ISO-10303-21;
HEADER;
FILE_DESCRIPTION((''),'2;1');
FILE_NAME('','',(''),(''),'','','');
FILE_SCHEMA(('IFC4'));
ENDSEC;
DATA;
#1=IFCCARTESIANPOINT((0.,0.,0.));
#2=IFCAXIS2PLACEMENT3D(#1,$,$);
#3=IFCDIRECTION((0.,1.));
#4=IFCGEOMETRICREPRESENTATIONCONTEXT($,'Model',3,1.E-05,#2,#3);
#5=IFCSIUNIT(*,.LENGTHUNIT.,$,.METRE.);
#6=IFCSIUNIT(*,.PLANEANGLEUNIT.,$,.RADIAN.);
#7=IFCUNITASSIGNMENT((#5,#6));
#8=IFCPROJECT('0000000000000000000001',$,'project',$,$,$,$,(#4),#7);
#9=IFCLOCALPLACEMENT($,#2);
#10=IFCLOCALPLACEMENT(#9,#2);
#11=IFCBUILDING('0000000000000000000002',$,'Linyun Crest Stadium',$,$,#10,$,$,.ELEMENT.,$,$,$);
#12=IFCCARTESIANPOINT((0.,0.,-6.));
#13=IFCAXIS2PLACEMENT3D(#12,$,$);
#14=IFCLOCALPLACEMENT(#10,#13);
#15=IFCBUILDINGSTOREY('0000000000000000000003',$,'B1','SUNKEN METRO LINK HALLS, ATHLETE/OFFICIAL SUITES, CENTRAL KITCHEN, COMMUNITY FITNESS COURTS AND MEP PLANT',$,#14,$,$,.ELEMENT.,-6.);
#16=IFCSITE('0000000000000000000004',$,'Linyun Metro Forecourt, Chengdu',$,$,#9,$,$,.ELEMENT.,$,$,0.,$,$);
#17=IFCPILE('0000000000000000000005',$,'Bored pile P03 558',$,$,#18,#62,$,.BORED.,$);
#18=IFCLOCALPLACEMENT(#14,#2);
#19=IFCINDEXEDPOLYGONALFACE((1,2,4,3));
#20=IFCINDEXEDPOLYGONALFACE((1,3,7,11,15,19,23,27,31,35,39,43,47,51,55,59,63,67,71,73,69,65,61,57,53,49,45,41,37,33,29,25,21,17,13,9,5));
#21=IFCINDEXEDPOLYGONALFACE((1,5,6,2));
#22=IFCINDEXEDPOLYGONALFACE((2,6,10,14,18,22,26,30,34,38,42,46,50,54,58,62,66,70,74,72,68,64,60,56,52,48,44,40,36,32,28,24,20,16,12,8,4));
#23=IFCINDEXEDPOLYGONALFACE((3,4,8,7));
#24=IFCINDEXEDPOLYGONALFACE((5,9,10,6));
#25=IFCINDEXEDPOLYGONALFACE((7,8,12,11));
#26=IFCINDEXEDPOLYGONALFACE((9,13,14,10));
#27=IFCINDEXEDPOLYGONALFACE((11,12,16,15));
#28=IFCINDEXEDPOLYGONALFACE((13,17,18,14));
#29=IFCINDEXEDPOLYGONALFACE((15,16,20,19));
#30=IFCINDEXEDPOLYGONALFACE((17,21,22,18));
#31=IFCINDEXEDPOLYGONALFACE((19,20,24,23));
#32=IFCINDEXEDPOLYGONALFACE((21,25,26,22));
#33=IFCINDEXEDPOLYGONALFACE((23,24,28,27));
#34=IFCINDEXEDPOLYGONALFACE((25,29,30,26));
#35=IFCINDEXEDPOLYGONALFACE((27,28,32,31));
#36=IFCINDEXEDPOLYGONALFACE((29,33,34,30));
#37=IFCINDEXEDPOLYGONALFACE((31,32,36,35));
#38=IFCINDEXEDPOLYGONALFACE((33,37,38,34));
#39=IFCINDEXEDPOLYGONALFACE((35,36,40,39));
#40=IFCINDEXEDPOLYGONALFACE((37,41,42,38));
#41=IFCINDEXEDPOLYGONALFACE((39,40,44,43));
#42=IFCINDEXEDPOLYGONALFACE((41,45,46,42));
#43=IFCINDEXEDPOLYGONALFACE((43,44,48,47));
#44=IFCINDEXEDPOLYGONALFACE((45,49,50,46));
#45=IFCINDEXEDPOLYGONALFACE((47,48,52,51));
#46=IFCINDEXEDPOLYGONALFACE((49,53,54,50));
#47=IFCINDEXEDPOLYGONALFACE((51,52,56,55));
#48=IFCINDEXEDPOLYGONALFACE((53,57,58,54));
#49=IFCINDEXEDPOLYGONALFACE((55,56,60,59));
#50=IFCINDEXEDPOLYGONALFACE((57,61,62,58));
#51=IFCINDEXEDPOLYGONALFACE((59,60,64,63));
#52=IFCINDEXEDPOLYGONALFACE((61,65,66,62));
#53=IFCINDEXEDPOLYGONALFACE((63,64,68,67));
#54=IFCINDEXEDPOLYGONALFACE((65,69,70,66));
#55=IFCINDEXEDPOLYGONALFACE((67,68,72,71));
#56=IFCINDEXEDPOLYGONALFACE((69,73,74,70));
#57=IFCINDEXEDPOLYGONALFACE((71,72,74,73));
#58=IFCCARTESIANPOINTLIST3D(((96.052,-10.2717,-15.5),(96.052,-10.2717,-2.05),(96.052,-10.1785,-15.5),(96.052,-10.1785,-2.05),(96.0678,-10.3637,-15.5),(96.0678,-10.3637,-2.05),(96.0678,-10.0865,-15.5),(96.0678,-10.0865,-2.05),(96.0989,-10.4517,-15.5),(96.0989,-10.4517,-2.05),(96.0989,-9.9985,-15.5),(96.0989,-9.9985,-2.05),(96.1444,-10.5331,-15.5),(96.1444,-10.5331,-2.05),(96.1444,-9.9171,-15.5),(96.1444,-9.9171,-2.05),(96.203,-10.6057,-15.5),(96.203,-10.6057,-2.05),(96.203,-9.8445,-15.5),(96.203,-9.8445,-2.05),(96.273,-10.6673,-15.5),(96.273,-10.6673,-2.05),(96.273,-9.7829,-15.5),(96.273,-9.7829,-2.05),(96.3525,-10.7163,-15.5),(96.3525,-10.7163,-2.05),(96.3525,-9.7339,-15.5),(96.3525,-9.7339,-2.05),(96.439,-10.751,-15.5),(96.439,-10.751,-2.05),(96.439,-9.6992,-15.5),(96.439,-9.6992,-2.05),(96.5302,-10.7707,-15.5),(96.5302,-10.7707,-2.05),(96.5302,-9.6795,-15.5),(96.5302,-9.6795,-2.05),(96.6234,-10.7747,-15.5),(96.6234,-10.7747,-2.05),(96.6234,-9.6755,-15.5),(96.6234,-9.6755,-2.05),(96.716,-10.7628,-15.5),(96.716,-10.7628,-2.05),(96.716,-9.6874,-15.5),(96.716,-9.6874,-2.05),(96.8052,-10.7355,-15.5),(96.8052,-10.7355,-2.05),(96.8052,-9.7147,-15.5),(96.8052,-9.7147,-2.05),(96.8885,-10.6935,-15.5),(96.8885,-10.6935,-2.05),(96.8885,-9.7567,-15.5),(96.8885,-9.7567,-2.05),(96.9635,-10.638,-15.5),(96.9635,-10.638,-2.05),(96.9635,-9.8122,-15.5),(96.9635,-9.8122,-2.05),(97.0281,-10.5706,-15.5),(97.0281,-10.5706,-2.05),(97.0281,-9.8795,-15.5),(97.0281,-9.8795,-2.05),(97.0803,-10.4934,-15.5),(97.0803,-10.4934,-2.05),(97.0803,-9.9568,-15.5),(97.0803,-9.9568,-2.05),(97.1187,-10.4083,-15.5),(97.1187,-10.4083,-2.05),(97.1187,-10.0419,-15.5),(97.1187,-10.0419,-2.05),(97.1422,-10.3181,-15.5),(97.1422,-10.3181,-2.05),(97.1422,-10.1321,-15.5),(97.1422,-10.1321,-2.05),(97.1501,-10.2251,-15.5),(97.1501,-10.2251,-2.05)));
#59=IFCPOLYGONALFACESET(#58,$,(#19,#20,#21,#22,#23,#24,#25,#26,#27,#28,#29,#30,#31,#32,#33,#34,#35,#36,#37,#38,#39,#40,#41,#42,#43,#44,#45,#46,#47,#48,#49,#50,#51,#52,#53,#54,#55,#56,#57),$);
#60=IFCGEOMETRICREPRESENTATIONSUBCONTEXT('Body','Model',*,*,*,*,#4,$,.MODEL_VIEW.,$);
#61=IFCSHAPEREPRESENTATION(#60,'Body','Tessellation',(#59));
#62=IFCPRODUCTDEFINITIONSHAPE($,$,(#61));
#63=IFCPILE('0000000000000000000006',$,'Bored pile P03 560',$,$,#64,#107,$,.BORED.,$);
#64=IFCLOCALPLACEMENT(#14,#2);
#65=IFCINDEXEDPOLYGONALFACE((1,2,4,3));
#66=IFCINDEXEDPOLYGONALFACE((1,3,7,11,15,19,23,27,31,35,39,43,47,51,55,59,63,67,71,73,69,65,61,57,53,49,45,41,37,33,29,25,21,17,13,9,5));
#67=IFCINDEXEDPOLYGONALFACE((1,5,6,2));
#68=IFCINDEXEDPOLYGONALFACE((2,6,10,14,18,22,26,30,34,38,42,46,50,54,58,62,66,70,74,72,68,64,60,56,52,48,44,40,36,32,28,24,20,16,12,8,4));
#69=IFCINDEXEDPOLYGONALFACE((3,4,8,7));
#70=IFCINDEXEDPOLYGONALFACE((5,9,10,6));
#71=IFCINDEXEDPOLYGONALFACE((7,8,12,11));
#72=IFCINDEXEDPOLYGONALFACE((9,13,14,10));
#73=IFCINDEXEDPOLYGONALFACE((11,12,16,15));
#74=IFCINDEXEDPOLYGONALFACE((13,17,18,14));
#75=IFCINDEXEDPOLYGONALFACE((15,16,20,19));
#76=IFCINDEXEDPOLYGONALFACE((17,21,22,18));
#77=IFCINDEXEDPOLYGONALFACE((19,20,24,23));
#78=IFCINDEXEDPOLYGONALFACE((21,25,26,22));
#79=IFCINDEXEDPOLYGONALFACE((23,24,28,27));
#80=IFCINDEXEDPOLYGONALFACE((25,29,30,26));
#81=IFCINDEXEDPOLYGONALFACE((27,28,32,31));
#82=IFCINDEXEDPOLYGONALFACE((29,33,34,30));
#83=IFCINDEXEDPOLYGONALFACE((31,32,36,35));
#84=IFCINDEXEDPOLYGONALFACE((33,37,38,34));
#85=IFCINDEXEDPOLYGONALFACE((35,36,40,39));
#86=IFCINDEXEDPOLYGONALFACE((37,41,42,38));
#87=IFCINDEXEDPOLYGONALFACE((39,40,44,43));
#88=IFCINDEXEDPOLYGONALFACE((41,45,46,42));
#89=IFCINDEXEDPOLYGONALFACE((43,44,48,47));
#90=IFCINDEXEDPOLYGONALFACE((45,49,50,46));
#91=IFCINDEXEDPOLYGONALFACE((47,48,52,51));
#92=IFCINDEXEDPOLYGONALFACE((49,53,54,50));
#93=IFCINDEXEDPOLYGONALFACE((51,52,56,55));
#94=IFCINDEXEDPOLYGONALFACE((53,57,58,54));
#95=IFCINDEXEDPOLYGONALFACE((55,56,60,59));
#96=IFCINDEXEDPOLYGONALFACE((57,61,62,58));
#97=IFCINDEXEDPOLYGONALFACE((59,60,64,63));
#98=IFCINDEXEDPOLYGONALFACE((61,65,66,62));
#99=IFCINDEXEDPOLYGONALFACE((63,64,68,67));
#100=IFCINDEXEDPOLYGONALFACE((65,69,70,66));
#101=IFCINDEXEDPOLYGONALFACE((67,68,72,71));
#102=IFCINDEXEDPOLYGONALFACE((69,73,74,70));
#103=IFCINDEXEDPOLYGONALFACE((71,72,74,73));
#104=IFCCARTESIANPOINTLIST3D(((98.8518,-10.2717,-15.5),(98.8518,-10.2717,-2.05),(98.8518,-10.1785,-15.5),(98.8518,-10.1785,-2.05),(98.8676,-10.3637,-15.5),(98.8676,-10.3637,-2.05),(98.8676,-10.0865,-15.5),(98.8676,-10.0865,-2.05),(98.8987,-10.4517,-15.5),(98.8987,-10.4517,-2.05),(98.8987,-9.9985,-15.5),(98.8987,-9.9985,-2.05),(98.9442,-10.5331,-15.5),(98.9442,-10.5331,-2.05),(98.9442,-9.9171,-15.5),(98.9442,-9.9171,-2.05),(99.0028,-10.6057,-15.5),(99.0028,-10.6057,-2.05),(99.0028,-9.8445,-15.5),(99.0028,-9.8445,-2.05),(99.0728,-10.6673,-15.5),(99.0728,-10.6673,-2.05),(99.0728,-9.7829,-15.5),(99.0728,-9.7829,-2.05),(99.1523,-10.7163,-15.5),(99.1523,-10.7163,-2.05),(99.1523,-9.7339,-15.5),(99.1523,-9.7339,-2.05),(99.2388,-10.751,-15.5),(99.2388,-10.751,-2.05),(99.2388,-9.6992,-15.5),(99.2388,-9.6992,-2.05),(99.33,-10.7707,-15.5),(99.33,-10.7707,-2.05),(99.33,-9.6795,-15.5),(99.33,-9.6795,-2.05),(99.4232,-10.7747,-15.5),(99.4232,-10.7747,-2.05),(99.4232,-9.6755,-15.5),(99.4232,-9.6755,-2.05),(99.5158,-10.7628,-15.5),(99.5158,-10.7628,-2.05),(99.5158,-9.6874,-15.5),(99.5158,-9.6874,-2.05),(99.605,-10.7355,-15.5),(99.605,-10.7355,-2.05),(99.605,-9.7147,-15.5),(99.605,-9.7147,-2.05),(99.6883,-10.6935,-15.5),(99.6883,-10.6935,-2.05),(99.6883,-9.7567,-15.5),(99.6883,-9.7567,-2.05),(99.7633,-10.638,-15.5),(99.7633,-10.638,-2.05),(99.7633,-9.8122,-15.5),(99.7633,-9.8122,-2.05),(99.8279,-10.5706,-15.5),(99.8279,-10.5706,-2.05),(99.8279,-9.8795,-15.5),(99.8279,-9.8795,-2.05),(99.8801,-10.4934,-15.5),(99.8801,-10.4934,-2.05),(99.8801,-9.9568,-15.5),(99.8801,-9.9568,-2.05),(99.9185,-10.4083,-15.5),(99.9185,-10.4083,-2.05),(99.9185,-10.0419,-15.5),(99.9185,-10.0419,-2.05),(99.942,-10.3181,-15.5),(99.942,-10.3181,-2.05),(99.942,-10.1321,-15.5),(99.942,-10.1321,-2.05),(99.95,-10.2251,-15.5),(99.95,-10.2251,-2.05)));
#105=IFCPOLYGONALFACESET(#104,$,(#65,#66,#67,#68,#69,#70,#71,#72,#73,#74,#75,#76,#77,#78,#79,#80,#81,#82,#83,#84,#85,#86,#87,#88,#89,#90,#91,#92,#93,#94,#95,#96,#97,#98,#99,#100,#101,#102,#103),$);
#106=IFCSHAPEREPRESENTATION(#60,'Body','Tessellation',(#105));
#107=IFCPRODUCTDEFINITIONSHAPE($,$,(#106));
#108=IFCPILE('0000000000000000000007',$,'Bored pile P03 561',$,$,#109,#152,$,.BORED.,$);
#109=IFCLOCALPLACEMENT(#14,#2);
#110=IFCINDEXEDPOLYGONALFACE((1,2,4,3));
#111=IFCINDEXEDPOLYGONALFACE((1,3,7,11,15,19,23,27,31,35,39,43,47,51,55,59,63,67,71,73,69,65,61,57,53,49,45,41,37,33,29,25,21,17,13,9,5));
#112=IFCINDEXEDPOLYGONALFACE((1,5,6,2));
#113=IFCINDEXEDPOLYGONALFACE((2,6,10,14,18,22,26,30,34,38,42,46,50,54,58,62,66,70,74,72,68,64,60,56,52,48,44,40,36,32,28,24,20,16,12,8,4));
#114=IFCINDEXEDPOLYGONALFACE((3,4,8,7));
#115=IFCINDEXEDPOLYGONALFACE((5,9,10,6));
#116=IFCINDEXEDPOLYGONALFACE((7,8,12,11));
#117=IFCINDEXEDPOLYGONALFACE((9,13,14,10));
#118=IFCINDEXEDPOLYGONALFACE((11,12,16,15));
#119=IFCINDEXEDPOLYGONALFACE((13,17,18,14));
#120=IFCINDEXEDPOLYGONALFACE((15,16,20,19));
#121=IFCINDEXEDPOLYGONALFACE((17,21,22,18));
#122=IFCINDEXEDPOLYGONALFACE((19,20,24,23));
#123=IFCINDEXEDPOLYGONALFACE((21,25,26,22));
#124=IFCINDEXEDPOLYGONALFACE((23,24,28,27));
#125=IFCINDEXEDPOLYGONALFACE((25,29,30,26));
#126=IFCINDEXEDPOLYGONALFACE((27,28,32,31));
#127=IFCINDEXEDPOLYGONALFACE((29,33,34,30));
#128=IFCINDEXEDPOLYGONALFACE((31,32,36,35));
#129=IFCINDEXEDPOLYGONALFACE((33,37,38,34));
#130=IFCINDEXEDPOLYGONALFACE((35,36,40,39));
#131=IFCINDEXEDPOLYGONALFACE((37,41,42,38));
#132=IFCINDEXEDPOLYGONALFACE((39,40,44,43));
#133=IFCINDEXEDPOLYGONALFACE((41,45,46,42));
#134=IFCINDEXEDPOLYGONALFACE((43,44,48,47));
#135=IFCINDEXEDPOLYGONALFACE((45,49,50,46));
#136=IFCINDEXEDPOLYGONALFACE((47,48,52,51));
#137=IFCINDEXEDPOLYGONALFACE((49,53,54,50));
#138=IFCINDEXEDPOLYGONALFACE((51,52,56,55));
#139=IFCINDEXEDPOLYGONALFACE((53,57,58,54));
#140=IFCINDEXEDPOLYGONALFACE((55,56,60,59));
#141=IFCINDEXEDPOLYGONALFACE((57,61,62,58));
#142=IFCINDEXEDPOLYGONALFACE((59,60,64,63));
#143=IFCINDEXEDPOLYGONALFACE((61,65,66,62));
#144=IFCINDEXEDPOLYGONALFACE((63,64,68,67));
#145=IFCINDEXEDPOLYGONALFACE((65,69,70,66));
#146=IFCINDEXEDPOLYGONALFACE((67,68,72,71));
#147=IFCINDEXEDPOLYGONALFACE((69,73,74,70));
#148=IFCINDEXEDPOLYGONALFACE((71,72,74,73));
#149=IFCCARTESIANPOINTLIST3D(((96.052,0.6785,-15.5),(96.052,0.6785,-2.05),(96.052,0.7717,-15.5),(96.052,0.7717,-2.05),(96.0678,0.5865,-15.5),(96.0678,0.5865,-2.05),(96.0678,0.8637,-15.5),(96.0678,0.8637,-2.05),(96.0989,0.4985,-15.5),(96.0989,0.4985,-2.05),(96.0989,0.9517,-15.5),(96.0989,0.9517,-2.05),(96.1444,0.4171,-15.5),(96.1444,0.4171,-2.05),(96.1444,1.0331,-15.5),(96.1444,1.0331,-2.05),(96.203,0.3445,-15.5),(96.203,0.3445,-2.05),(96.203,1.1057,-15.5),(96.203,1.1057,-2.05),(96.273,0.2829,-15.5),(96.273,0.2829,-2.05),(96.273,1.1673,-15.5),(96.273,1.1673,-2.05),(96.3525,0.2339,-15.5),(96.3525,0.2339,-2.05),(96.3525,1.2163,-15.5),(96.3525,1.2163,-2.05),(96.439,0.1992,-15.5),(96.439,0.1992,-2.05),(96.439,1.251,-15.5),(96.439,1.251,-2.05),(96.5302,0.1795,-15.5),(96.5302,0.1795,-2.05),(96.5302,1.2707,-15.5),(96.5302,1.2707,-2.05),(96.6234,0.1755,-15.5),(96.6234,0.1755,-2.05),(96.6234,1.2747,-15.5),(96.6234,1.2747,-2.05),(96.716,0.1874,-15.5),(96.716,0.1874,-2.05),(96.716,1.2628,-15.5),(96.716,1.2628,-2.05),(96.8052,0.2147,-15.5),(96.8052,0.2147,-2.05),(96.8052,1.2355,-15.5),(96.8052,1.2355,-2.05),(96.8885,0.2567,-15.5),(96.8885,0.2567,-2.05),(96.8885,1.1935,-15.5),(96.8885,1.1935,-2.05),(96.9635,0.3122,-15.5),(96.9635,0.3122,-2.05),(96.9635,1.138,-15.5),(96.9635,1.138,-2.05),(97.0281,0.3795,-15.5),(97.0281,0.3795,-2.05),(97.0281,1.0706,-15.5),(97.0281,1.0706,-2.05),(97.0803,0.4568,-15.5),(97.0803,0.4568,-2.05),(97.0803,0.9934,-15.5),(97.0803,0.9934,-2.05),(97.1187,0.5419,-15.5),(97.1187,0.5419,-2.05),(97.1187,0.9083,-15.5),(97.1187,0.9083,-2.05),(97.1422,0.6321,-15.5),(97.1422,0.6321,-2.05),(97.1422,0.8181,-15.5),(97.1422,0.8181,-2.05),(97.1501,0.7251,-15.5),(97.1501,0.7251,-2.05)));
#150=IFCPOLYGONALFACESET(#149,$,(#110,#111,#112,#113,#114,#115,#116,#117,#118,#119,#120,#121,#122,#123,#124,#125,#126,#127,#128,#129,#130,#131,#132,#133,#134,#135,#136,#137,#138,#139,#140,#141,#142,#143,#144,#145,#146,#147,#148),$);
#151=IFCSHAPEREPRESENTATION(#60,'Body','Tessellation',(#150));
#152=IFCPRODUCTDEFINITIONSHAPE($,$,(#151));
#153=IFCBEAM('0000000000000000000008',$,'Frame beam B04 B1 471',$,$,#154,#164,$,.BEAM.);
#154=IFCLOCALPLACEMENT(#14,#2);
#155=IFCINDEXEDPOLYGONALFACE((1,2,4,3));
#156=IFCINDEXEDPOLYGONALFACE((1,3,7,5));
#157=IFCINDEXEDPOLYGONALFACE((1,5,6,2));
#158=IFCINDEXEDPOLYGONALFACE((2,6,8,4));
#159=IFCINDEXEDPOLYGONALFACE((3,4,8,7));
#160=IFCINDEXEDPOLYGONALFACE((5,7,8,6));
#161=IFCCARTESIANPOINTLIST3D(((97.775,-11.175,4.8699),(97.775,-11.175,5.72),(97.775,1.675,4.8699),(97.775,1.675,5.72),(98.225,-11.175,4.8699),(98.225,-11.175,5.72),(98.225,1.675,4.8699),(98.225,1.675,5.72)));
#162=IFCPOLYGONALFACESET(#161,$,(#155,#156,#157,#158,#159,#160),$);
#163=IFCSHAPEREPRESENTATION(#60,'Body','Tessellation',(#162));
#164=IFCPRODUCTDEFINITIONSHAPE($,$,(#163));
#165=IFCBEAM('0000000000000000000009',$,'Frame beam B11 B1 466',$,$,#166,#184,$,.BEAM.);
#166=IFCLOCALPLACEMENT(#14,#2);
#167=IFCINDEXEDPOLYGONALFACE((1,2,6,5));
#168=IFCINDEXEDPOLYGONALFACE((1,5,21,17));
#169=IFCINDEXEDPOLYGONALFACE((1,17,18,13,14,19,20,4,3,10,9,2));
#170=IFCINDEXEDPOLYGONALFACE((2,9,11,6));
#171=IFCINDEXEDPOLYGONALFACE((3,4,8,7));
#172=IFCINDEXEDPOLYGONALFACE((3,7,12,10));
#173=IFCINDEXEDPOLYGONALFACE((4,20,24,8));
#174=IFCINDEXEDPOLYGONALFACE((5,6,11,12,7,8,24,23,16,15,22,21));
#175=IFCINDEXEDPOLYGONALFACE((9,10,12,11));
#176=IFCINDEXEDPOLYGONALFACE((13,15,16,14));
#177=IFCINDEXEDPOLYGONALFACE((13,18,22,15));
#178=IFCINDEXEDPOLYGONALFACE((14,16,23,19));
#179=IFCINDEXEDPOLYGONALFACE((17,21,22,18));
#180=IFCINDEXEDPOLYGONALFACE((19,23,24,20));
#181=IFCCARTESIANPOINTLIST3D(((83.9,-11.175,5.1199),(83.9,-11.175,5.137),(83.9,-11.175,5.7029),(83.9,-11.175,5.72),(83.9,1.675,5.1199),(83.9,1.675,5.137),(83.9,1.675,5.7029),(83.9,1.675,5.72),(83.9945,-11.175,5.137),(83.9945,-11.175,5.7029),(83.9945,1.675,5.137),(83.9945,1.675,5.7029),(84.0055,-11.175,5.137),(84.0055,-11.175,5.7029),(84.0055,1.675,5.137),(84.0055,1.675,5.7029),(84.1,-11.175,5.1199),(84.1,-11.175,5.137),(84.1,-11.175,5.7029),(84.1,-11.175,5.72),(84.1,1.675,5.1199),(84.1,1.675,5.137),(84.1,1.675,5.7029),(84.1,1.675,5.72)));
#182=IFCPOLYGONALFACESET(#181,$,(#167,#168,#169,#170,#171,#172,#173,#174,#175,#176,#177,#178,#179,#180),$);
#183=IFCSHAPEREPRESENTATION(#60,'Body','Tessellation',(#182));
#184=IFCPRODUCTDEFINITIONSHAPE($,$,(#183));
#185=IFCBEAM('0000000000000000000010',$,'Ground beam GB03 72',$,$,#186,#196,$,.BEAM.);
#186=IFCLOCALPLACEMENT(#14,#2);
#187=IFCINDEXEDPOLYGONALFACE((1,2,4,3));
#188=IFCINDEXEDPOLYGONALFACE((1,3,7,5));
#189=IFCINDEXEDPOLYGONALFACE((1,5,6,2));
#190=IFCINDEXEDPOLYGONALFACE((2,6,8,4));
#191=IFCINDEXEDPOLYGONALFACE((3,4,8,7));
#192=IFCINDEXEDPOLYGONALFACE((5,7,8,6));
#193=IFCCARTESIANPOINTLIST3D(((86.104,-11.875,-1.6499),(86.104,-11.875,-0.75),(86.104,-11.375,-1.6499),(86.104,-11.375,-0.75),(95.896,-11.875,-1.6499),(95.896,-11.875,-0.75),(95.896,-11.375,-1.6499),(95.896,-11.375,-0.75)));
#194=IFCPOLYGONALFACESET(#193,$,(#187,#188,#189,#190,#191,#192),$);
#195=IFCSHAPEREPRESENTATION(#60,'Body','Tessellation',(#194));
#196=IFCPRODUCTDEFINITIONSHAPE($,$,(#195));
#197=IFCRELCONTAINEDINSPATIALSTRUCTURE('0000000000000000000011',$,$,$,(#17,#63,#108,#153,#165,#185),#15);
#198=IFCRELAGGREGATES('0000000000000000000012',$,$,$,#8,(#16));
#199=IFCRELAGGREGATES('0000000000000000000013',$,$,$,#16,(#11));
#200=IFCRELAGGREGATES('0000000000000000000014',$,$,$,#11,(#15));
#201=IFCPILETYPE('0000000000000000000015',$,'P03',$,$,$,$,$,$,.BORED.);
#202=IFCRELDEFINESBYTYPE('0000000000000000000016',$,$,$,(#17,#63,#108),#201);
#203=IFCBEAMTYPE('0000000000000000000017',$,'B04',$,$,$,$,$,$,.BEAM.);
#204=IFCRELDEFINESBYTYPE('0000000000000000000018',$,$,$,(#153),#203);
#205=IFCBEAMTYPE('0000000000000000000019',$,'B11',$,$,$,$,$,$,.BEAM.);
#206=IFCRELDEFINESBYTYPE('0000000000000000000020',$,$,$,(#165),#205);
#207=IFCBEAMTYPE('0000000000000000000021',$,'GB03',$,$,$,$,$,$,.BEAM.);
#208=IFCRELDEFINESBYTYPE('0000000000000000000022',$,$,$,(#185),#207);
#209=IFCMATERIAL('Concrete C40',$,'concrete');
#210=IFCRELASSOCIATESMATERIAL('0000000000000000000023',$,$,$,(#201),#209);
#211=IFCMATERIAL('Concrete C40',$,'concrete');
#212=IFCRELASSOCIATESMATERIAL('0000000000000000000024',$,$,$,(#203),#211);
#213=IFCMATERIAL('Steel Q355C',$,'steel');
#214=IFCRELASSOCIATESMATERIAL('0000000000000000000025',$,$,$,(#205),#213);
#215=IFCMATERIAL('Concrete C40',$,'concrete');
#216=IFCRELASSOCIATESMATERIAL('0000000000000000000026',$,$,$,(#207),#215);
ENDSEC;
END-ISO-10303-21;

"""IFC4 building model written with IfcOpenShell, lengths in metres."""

from ifc_helpers import new_model, si_unit, direction, frame, origin, origin_2d, place, context, subcontext, project, spatial, rectangle, circle, i_section, extrude, material, material_profile, profile_set, type_object, element, save


model = new_model("IFC4")

# Units and contexts
model_context = context("Model", 3, precision=1e-05, world=origin(), true_north=direction((0.0, 1.0)))
body_context = subcontext(model_context, "Body", "Model", "MODEL_VIEW")
ifc_project = project(units=[si_unit("LENGTHUNIT", "METRE"), si_unit("PLANEANGLEUNIT", "RADIAN")], contexts=[model_context])

# Site, building, storey
site_placement = place(None, origin())
site = spatial("IfcSite", under=ifc_project, at=site_placement, Name="Linyun Metro Forecourt, Chengdu", CompositionType="ELEMENT", RefElevation=0.0)
building_placement = place(site_placement, origin())
building = spatial("IfcBuilding", under=site, at=building_placement, Name="Linyun Crest Stadium", CompositionType="ELEMENT")
storey_placement = place(building_placement, frame((0.0, 0.0, -6.0)))
storey = spatial("IfcBuildingStorey", under=building, at=storey_placement, Name="B1", Description="SUNKEN METRO LINK HALLS, ATHLETE/OFFICIAL SUITES, CENTRAL KITCHEN, COMMUNITY FITNESS COURTS AND MEP PLANT", CompositionType="ELEMENT", Elevation=-6.0)

# Piles
ifc_material_1 = material(Name="Concrete C40", Category="concrete")
ifc_material_profile_1 = material_profile(ifc_material_1, circle(Radius=0.55, at=origin_2d()), Name="BORED PILE 1100")
ifc_profile_set_1 = profile_set([ifc_material_profile_1], Name="Concrete C40")
pile_type = type_object("IfcPileType", Name="P03", PredefinedType="BORED", material=ifc_profile_set_1)
for number, where, z_axis, x_axis, name in (
    (1, (96.6001, -10.2251, -2.05), (0.0, 0.0, -1.0), (1.0, 0.0, 0.0), "Bored pile P03 558"),
    (2, (99.3999, -10.2251, -2.05), (0.0, 0.0, -1.0), (1.0, 0.0, 0.0), "Bored pile P03 560"),
    (3, (96.6001, 0.7251, -2.05), (0.0, 0.0, -1.0), (1.0, 0.0, 0.0), "Bored pile P03 561"),
):
    element("IfcPile", number, at=place(storey_placement, frame(where, z_axis=z_axis, x_axis=x_axis)), inside=storey, type_object=pile_type, Name=name, PredefinedType="BORED", context=body_context, shape_type="SweptSolid", body=[
        extrude(circle(Radius=0.55, at=origin_2d()), origin(), (0.0, 0.0, 1.0), 13.45),
    ])

# Beams
ifc_material_2 = material(Name="Concrete C40", Category="concrete")
ifc_material_profile_2 = material_profile(ifc_material_2, rectangle(XDim=0.45, YDim=0.8501, at=origin_2d()), Name="RCB 850x450")
ifc_profile_set_2 = profile_set([ifc_material_profile_2], Name="Concrete C40")
beam_type_1 = type_object("IfcBeamType", Name="B04", PredefinedType="BEAM", material=ifc_profile_set_2)
beam_1_placement = place(storey_placement, frame((98.0, -11.175, 5.2949), z_axis=(0.0, 1.0, 0.0), x_axis=(-1.0, 0.0, 0.0)))
element("IfcBeam", 4, at=beam_1_placement, inside=storey, type_object=beam_type_1, Name="Frame beam B04 B1 471", PredefinedType="BEAM", context=body_context, shape_type="SweptSolid", body=[
    extrude(rectangle(XDim=0.45, YDim=0.8501, at=origin_2d()), origin(), (0.0, 0.0, 1.0), 12.8501),
])
ifc_material_3 = material(Name="Steel Q355C", Category="steel")
ifc_material_profile_3 = material_profile(ifc_material_3, i_section(OverallWidth=0.2, OverallDepth=0.6001, WebThickness=0.011, FlangeThickness=0.0171, at=origin_2d()), Name="HN 600x200")
ifc_profile_set_3 = profile_set([ifc_material_profile_3], Name="Steel Q355C")
beam_type_2 = type_object("IfcBeamType", Name="B11", PredefinedType="BEAM", material=ifc_profile_set_3)
beam_2_placement = place(storey_placement, frame((84.0, -11.175, 5.4199), z_axis=(0.0, 1.0, 0.0), x_axis=(-1.0, 0.0, 0.0)))
element("IfcBeam", 5, at=beam_2_placement, inside=storey, type_object=beam_type_2, Name="Frame beam B11 B1 466", PredefinedType="BEAM", context=body_context, shape_type="SweptSolid", body=[
    extrude(i_section(OverallWidth=0.2, OverallDepth=0.6001, WebThickness=0.011, FlangeThickness=0.0171, at=origin_2d()), origin(), (0.0, 0.0, 1.0), 12.8501),
])
ifc_material_4 = material(Name="Concrete C40", Category="concrete")
ifc_material_profile_4 = material_profile(ifc_material_4, rectangle(XDim=0.5, YDim=0.8999, at=origin_2d()), Name="RCB 900x500")
ifc_profile_set_4 = profile_set([ifc_material_profile_4], Name="Concrete C40")
beam_type_3 = type_object("IfcBeamType", Name="GB03", PredefinedType="BEAM", material=ifc_profile_set_4)
beam_3_placement = place(storey_placement, frame((86.104, -11.625, -1.2), z_axis=(1.0, 0.0, 0.0), x_axis=(0.0, 1.0, 0.0)))
element("IfcBeam", 6, at=beam_3_placement, inside=storey, type_object=beam_type_3, Name="Ground beam GB03 72", PredefinedType="BEAM", context=body_context, shape_type="SweptSolid", body=[
    extrude(rectangle(XDim=0.5, YDim=0.8999, at=origin_2d()), origin(), (0.0, 0.0, 1.0), 9.792),
])

save(model, "model.ifc")
